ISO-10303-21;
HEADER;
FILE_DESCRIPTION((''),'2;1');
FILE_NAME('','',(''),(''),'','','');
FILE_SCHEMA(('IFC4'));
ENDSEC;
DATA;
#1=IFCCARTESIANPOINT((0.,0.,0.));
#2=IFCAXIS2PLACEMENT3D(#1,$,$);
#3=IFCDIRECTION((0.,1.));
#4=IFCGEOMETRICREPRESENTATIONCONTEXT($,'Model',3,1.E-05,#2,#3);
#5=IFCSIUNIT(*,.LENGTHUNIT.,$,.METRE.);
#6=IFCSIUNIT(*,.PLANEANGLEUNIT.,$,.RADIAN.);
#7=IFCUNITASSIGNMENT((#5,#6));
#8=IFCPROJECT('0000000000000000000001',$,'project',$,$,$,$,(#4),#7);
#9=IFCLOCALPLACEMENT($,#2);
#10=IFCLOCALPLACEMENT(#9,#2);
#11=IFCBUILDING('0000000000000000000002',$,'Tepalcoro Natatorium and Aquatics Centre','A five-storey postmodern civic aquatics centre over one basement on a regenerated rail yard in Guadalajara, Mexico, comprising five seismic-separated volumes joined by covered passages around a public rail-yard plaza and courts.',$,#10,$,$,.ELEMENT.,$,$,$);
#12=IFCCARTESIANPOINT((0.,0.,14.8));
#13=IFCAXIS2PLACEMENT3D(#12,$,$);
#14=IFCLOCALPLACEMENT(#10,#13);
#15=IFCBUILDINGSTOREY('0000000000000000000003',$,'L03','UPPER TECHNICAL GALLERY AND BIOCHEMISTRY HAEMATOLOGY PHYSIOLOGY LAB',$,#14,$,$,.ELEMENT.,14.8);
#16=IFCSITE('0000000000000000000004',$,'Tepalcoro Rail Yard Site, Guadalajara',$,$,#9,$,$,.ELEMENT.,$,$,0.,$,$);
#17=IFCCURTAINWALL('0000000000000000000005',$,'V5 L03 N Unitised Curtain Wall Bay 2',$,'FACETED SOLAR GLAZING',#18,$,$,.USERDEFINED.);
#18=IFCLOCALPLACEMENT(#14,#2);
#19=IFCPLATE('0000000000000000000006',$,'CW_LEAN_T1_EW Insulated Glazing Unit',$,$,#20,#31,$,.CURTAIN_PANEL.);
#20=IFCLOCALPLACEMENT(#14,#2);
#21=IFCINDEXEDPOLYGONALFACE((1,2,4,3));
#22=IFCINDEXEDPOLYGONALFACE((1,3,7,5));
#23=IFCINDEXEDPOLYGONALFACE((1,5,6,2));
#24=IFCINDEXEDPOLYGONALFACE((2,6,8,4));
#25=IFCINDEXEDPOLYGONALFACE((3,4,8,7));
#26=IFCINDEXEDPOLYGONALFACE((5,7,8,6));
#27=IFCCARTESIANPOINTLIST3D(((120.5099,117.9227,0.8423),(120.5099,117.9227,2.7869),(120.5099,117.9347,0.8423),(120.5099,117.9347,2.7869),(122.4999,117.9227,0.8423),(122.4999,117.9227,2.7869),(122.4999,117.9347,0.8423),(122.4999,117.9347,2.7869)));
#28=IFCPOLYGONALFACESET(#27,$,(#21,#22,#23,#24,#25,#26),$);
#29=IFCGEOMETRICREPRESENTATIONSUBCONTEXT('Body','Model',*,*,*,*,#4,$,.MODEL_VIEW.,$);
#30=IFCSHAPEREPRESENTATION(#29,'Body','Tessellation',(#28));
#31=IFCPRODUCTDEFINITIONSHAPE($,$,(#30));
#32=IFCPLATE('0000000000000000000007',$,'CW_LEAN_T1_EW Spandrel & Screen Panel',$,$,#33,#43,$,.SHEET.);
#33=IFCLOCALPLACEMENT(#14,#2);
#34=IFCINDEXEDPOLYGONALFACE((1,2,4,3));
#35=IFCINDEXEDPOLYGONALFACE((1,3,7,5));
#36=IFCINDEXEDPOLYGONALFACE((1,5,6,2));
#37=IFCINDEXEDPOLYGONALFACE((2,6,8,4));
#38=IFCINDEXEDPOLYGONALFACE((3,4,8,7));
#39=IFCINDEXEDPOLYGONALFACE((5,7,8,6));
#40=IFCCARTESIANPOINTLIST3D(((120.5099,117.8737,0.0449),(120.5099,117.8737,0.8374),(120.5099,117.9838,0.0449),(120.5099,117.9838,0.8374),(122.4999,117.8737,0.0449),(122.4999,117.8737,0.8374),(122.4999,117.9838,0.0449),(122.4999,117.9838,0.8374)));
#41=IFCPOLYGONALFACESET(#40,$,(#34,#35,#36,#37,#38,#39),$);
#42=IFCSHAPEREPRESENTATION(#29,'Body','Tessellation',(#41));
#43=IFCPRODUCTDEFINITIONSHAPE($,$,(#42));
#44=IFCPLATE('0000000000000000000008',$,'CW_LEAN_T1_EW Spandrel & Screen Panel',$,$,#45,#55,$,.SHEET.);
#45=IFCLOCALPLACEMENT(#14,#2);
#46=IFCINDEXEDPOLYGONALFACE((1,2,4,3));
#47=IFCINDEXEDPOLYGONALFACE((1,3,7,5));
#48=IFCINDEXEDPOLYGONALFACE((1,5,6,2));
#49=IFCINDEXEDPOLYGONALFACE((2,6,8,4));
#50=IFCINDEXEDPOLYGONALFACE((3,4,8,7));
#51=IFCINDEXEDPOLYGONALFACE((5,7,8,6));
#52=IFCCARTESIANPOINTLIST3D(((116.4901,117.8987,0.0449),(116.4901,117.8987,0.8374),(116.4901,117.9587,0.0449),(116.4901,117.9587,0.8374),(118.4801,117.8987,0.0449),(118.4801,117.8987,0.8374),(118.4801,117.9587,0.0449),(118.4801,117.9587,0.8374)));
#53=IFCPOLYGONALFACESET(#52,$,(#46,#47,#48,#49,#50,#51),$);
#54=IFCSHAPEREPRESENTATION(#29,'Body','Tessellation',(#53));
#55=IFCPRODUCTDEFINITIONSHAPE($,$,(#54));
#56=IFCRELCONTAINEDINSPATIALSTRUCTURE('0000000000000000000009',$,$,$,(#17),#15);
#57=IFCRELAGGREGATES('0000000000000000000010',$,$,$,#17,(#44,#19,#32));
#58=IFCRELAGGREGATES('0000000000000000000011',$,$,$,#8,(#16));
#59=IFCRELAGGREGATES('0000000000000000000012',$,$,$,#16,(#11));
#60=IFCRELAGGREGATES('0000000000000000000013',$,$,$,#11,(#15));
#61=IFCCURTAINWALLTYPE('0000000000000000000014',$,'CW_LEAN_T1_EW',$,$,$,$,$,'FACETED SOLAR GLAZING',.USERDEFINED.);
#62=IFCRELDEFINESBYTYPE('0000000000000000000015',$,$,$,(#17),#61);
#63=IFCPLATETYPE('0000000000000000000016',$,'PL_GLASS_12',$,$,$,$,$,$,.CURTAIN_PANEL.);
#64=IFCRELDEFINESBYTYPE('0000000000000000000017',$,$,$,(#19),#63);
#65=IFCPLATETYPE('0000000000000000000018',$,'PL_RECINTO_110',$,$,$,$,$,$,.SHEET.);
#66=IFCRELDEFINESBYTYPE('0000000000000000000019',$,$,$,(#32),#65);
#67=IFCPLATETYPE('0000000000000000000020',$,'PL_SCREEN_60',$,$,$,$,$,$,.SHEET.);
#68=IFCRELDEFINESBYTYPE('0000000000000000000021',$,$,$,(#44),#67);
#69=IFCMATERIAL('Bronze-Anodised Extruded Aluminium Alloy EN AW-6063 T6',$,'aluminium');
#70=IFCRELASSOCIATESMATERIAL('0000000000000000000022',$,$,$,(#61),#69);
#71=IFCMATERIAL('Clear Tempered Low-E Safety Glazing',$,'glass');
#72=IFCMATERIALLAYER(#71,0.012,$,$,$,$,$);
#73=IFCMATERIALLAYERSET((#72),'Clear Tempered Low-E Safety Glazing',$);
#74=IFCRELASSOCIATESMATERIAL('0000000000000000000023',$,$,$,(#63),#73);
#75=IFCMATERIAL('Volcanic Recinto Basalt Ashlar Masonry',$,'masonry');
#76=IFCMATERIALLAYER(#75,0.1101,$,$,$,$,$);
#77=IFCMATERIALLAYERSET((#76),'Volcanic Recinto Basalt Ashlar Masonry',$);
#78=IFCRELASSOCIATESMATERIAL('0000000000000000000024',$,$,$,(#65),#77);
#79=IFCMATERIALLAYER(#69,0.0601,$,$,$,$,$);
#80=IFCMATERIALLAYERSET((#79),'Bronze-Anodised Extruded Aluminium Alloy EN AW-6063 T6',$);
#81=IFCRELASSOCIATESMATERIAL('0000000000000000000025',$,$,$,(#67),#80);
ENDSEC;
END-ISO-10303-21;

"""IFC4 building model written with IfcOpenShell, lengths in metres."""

from ifc_helpers import new_model, si_unit, direction, frame, origin, origin_2d, place, context, subcontext, project, spatial, rectangle, extrude, material, layer, layer_set, type_object, element, aggregate, save


model = new_model("IFC4")

# Units and contexts
model_context = context("Model", 3, precision=1e-05, world=origin(), true_north=direction((0.0, 1.0)))
body_context = subcontext(model_context, "Body", "Model", "MODEL_VIEW")
ifc_project = project(units=[si_unit("LENGTHUNIT", "METRE"), si_unit("PLANEANGLEUNIT", "RADIAN")], contexts=[model_context])

# Site, building, storey
site_placement = place(None, origin())
site = spatial("IfcSite", under=ifc_project, at=site_placement, Name="Tepalcoro Rail Yard Site, Guadalajara", CompositionType="ELEMENT", RefElevation=0.0)
building_placement = place(site_placement, origin())
building = spatial("IfcBuilding", under=site, at=building_placement, Name="Tepalcoro Natatorium and Aquatics Centre", Description="A five-storey postmodern civic aquatics centre over one basement on a regenerated rail yard in Guadalajara, Mexico, comprising five seismic-separated volumes joined by covered passages around a public rail-yard plaza and courts.", CompositionType="ELEMENT")
storey_placement = place(building_placement, frame((0.0, 0.0, 14.8)))
storey = spatial("IfcBuildingStorey", under=building, at=storey_placement, Name="L03", Description="UPPER TECHNICAL GALLERY AND BIOCHEMISTRY HAEMATOLOGY PHYSIOLOGY LAB", CompositionType="ELEMENT", Elevation=14.8)

# Curtain wall
ifc_material_1 = material(Name="Bronze-Anodised Extruded Aluminium Alloy EN AW-6063 T6", Category="aluminium")
curtain_wall_type = type_object("IfcCurtainWallType", Name="CW_LEAN_T1_EW", ElementType="FACETED SOLAR GLAZING", PredefinedType="USERDEFINED", material=ifc_material_1)
curtain_wall_placement = place(storey_placement, origin())
curtain_wall = element("IfcCurtainWall", 1, at=curtain_wall_placement, inside=storey, type_object=curtain_wall_type, Name="V5 L03 N Unitised Curtain Wall Bay 2", ObjectType="FACETED SOLAR GLAZING", PredefinedType="USERDEFINED")

# Plates
ifc_material_2 = material(Name="Clear Tempered Low-E Safety Glazing", Category="glass")
ifc_layer_1 = layer(ifc_material_2, 0.012)
ifc_layer_set_1 = layer_set([ifc_layer_1], Name="Clear Tempered Low-E Safety Glazing")
plate_type_1 = type_object("IfcPlateType", Name="PL_GLASS_12", PredefinedType="CURTAIN_PANEL", material=ifc_layer_set_1)
plate_1_placement = place(storey_placement, frame((121.5049, 117.9287, 0.8423), z_axis=(0.0, 0.0, 1.0), x_axis=(1.0, 0.0, 0.0)))
plate_1 = element("IfcPlate", 2, at=plate_1_placement, type_object=plate_type_1, Name="CW_LEAN_T1_EW Insulated Glazing Unit", PredefinedType="CURTAIN_PANEL", context=body_context, shape_type="SweptSolid", body=[
    extrude(rectangle(XDim=1.99, YDim=0.012, at=origin_2d()), origin(), (0.0, 0.0, 1.0), 1.9446),
])
ifc_material_3 = material(Name="Volcanic Recinto Basalt Ashlar Masonry", Category="masonry")
ifc_layer_2 = layer(ifc_material_3, 0.1101)
ifc_layer_set_2 = layer_set([ifc_layer_2], Name="Volcanic Recinto Basalt Ashlar Masonry")
plate_type_2 = type_object("IfcPlateType", Name="PL_RECINTO_110", PredefinedType="SHEET", material=ifc_layer_set_2)
plate_2_placement = place(storey_placement, frame((121.5049, 117.9287, 0.0449), z_axis=(0.0, 0.0, 1.0), x_axis=(1.0, 0.0, 0.0)))
plate_2 = element("IfcPlate", 3, at=plate_2_placement, type_object=plate_type_2, Name="CW_LEAN_T1_EW Spandrel & Screen Panel", PredefinedType="SHEET", context=body_context, shape_type="SweptSolid", body=[
    extrude(rectangle(XDim=1.99, YDim=0.1101, at=origin_2d()), origin(), (0.0, 0.0, 1.0), 0.7925),
])
ifc_layer_3 = layer(ifc_material_1, 0.0601)
ifc_layer_set_3 = layer_set([ifc_layer_3], Name="Bronze-Anodised Extruded Aluminium Alloy EN AW-6063 T6")
plate_type_3 = type_object("IfcPlateType", Name="PL_SCREEN_60", PredefinedType="SHEET", material=ifc_layer_set_3)
plate_3_placement = place(storey_placement, frame((117.4851, 117.9287, 0.0449), z_axis=(0.0, 0.0, 1.0), x_axis=(1.0, 0.0, 0.0)))
plate_3 = element("IfcPlate", 4, at=plate_3_placement, type_object=plate_type_3, Name="CW_LEAN_T1_EW Spandrel & Screen Panel", PredefinedType="SHEET", context=body_context, shape_type="SweptSolid", body=[
    extrude(rectangle(XDim=1.99, YDim=0.0601, at=origin_2d()), origin(), (0.0, 0.0, 1.0), 0.7925),
])
aggregate(curtain_wall, [plate_3, plate_1, plate_2])

save(model, "model.ifc")
